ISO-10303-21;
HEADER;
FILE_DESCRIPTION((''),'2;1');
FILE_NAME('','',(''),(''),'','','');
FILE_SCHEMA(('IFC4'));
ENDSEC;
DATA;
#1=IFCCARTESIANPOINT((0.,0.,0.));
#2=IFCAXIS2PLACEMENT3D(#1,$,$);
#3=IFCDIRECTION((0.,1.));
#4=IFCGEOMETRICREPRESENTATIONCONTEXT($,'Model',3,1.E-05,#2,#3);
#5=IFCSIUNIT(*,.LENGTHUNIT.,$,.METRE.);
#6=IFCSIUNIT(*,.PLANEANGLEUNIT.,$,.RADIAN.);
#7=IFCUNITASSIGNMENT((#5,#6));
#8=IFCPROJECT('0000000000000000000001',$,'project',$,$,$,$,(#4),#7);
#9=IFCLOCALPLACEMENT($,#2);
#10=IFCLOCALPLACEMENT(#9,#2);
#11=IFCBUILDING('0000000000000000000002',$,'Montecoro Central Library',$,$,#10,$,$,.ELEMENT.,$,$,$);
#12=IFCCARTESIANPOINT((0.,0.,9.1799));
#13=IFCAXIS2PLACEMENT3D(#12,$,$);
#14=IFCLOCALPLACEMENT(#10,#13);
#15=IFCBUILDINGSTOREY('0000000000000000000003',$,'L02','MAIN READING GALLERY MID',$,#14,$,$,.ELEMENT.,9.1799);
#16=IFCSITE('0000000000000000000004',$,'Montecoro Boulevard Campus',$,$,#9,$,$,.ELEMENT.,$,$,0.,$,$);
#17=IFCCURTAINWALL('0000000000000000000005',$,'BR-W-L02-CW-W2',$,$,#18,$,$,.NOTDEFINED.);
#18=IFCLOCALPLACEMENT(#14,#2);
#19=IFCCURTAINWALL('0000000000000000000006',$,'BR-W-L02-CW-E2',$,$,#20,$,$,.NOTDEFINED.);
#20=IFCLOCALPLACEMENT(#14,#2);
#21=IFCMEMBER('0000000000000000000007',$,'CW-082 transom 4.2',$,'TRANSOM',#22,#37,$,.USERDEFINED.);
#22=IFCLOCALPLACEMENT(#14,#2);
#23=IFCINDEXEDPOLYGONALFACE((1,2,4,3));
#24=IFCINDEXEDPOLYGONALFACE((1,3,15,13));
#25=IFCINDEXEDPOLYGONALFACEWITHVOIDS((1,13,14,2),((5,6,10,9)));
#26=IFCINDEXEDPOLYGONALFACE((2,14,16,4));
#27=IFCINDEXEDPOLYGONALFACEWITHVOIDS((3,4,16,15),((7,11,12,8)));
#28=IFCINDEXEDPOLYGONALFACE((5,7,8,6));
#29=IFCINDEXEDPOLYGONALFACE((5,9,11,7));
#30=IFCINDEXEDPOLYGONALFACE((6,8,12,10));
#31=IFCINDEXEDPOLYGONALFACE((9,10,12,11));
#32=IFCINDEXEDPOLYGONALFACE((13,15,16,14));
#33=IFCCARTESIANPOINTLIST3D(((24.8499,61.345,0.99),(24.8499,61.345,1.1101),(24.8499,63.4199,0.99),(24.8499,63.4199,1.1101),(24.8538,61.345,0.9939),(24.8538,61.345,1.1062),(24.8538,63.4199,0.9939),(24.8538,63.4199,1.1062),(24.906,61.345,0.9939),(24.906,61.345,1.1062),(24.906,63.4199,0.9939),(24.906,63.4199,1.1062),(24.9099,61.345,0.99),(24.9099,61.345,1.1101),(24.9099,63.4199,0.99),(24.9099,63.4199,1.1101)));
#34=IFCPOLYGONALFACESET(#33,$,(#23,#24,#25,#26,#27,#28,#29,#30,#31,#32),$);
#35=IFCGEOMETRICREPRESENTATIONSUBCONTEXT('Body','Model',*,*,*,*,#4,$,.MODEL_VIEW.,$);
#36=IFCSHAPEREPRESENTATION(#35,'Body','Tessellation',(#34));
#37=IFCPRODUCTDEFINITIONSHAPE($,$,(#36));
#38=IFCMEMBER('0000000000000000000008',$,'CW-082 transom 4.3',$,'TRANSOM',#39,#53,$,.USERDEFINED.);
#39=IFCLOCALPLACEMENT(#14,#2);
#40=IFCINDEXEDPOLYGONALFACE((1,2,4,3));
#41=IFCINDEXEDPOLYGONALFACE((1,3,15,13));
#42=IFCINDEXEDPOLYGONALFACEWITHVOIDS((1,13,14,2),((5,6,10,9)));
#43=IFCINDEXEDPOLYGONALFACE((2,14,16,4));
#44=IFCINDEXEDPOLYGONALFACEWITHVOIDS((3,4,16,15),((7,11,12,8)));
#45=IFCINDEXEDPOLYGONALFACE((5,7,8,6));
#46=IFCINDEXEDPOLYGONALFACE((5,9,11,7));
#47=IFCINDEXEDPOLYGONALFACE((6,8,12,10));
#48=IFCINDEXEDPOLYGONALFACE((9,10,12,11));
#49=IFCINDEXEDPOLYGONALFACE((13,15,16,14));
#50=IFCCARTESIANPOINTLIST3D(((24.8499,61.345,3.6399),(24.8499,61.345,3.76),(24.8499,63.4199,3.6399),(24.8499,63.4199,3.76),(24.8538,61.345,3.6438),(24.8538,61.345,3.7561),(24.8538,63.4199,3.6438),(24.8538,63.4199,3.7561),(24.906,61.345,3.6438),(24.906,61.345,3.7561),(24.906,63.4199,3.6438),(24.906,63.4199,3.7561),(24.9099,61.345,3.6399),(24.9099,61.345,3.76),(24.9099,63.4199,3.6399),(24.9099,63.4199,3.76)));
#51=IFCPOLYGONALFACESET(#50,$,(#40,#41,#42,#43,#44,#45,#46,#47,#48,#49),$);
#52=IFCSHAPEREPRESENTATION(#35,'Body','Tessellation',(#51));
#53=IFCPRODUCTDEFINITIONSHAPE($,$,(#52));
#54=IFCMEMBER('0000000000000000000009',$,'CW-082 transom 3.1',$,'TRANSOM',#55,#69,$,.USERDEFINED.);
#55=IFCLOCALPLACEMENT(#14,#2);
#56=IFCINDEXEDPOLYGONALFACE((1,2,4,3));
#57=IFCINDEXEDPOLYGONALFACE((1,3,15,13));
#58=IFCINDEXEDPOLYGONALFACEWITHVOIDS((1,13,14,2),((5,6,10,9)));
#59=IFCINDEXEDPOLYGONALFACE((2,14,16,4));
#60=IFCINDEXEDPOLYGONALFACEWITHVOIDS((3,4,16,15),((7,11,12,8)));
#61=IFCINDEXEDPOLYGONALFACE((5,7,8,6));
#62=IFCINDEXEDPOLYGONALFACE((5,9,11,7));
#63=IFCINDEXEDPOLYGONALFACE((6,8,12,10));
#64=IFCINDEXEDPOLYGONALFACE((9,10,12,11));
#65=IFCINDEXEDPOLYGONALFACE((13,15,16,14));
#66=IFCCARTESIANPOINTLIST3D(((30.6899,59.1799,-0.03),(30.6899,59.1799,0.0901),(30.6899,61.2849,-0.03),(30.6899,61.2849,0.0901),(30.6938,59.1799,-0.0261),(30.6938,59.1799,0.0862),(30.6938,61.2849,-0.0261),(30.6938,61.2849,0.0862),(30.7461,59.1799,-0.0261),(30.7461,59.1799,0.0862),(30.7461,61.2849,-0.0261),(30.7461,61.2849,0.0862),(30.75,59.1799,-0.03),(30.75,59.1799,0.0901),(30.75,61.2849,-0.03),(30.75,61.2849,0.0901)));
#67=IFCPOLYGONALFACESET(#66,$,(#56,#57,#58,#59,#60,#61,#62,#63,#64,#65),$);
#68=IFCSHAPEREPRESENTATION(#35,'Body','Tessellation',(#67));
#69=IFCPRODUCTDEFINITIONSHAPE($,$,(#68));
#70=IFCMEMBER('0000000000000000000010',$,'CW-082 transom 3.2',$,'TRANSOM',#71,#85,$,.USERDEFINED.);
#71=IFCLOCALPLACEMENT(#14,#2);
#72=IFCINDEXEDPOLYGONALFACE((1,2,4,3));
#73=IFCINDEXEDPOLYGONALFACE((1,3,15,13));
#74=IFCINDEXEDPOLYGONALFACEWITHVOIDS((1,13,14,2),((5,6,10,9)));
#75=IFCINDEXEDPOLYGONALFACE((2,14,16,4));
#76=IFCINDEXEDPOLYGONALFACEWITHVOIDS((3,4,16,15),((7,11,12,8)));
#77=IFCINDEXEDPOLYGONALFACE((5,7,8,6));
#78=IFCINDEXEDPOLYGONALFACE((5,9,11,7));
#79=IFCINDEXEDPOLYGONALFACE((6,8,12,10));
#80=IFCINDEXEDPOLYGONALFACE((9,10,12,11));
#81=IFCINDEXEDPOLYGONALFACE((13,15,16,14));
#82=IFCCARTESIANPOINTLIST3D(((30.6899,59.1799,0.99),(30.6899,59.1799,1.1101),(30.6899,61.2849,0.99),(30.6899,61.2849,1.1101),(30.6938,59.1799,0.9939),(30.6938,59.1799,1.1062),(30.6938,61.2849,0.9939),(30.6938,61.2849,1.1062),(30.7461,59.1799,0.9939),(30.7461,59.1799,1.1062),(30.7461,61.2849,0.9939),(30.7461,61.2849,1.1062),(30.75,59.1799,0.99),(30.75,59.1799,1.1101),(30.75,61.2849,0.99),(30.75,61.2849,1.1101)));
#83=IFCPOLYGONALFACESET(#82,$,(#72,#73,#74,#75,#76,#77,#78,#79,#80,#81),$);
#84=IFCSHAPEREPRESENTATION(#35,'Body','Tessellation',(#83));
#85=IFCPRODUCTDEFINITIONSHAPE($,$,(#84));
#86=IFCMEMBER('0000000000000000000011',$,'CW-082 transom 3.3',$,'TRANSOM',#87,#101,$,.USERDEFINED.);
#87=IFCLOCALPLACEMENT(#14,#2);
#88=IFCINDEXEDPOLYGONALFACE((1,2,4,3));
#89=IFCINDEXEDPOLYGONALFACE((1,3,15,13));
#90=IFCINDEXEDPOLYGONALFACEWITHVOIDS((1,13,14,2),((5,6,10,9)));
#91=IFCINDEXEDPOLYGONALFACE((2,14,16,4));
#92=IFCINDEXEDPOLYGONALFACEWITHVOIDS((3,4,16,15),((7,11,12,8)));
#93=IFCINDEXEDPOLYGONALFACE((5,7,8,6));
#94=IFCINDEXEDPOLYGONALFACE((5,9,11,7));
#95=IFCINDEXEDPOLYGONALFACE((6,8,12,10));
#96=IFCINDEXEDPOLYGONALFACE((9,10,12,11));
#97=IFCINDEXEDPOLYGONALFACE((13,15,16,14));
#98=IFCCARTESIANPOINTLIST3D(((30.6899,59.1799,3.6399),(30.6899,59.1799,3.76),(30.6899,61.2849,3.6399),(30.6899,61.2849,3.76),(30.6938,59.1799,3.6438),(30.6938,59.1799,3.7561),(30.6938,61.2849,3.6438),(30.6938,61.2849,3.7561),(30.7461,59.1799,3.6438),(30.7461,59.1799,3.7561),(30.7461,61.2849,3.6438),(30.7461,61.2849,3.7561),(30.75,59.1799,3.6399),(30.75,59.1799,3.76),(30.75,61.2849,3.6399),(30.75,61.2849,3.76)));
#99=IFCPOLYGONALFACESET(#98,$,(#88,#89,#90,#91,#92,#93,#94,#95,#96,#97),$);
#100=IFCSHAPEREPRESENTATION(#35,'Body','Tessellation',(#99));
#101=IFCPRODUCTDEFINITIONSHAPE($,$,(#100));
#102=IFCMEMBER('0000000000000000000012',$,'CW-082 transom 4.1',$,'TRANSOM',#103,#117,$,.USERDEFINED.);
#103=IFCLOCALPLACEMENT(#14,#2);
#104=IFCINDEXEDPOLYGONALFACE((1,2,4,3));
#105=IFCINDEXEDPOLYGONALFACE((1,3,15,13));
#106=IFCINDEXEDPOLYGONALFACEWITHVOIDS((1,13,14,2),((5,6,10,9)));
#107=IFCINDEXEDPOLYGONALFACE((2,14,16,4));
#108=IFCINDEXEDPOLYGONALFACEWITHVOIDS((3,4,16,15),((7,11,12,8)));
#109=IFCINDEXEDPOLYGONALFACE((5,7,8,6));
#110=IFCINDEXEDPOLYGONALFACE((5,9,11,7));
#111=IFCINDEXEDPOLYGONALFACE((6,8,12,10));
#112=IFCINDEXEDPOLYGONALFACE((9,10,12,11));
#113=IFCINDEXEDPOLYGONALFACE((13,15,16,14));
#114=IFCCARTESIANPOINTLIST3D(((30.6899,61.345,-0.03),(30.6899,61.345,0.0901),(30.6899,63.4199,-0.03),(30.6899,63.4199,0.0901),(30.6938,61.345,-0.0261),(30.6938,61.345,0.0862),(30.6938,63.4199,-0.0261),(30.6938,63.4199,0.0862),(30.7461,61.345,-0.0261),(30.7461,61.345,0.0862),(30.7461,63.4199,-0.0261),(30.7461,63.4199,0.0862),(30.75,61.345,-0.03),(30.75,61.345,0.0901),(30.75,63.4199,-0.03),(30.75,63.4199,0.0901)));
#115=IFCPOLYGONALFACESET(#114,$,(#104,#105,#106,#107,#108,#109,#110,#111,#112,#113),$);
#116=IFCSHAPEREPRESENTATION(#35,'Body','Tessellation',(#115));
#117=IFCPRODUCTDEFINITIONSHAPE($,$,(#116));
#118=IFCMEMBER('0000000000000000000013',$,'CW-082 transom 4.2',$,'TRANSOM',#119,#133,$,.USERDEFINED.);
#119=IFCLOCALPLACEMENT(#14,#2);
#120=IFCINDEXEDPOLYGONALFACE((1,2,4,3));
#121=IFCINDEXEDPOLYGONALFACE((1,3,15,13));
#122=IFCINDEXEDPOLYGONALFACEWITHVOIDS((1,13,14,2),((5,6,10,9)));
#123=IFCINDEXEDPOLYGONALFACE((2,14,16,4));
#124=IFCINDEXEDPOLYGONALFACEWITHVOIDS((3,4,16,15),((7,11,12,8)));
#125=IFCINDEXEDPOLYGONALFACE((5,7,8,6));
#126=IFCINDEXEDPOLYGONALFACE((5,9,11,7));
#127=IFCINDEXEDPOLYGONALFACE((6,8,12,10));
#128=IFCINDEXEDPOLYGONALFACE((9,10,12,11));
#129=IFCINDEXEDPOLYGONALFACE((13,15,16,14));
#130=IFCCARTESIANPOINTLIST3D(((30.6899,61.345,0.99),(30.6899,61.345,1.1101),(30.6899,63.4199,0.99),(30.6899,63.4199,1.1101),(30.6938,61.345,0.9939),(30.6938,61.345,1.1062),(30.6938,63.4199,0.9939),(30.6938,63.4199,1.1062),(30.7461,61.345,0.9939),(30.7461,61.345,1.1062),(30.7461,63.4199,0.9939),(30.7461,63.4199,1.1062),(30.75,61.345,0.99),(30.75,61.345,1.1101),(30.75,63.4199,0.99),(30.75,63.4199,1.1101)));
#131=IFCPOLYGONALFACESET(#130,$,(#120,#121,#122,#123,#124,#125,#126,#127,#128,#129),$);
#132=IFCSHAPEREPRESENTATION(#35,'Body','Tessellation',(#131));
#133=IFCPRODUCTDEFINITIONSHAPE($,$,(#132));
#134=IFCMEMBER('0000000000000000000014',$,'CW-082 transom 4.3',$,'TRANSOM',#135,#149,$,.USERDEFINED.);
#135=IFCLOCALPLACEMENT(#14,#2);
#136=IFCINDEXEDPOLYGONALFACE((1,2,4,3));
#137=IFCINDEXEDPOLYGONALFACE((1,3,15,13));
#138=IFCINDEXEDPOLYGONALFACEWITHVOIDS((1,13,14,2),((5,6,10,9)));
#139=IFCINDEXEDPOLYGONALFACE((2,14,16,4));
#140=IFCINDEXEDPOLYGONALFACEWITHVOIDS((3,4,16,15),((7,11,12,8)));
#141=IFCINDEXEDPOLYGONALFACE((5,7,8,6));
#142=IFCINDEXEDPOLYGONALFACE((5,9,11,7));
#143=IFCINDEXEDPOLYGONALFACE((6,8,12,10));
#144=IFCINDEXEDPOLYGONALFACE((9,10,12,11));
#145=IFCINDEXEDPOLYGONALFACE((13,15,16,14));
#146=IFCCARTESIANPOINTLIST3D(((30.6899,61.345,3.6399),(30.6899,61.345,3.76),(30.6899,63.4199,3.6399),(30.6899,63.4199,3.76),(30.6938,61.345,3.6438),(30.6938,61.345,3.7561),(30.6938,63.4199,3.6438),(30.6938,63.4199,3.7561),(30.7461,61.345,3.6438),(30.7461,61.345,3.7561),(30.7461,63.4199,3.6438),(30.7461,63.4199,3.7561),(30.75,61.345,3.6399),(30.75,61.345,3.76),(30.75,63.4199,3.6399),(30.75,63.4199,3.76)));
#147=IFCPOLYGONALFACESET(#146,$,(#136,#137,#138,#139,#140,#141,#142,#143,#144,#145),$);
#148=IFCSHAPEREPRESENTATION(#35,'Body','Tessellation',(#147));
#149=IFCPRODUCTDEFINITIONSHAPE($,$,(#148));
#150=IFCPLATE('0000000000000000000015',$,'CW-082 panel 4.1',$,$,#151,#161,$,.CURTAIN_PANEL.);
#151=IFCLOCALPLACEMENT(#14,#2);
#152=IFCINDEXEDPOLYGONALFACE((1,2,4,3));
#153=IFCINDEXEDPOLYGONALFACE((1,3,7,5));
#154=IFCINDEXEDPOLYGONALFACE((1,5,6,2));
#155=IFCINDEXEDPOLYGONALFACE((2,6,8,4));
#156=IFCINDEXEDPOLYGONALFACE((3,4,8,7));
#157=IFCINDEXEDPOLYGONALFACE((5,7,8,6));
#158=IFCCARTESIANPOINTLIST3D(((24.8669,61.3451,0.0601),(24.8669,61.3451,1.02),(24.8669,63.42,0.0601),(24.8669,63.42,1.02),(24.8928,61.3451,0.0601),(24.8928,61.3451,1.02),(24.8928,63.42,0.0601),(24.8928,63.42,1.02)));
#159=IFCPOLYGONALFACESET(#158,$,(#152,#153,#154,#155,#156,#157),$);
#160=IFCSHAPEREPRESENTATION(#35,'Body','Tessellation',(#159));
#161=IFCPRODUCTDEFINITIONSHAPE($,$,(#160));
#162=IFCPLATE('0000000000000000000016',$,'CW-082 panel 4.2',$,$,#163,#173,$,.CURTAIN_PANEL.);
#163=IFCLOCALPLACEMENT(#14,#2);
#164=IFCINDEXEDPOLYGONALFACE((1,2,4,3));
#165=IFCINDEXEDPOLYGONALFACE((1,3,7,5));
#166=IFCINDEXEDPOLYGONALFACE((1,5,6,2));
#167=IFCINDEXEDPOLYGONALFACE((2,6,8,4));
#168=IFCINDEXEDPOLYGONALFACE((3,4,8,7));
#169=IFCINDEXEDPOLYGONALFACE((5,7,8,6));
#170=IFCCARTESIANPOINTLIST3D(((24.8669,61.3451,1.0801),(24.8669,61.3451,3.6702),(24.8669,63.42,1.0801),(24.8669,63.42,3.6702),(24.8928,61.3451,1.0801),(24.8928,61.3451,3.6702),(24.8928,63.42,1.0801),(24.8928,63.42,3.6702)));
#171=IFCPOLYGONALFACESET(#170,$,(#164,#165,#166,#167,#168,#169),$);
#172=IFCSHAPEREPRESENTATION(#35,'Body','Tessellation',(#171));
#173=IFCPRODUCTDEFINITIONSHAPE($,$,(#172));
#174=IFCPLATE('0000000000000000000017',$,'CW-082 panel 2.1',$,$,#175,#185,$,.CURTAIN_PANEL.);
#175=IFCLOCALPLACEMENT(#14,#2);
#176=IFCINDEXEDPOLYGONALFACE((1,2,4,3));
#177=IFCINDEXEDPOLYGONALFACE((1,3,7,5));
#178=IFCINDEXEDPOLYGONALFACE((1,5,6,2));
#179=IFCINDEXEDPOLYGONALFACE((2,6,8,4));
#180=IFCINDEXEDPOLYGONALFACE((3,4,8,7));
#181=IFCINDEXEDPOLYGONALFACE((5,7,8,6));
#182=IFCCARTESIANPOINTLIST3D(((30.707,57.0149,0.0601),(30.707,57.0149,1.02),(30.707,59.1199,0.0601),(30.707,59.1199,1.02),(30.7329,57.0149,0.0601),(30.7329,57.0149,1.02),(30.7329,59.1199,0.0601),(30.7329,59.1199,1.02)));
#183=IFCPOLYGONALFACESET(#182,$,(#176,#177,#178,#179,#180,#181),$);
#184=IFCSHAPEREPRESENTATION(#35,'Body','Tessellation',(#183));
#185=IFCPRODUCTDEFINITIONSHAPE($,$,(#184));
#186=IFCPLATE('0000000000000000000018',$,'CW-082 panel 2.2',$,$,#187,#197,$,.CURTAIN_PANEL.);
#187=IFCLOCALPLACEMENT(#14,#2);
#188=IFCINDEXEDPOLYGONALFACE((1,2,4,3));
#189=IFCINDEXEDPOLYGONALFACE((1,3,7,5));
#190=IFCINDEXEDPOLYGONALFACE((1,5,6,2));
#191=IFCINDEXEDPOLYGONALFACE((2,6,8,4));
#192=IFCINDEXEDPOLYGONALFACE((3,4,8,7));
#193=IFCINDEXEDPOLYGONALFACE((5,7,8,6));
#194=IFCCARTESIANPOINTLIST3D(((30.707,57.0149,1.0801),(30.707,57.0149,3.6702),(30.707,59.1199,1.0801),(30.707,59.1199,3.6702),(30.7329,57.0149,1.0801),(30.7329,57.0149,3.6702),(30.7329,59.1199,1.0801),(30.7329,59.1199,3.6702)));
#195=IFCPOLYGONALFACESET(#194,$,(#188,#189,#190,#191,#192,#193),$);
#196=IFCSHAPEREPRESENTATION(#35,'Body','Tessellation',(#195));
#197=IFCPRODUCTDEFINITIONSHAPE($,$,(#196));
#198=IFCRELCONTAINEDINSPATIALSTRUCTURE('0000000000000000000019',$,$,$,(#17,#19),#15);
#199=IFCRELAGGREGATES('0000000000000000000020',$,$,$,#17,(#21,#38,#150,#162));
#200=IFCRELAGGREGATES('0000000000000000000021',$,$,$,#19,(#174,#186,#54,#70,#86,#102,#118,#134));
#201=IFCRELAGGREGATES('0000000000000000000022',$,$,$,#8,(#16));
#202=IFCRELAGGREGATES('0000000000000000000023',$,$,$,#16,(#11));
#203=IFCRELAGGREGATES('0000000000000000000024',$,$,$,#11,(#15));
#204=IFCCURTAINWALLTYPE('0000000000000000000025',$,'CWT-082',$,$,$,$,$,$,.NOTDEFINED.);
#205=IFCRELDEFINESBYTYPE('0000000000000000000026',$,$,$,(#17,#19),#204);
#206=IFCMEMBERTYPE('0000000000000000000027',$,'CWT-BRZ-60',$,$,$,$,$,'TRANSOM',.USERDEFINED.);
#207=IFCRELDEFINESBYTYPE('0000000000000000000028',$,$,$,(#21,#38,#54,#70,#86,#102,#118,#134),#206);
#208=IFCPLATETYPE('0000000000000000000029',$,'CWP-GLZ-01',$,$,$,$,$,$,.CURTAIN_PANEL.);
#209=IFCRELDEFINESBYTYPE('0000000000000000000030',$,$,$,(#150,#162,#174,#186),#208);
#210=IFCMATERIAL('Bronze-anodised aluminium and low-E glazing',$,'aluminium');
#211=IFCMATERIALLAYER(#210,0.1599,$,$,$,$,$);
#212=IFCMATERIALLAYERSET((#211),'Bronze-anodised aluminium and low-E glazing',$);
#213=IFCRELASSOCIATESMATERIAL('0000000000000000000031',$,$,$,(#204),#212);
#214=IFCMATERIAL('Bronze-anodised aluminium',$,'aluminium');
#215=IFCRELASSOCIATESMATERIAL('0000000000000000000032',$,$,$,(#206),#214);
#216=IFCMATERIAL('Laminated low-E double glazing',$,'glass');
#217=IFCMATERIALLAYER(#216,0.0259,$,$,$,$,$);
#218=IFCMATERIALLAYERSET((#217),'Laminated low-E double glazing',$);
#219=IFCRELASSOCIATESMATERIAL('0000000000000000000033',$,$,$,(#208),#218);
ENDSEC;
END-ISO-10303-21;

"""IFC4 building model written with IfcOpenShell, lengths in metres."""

from ifc_helpers import new_model, si_unit, direction, frame, origin, origin_2d, place, context, subcontext, project, spatial, rectangle, hollow_rectangle, extrude, material, layer, layer_set, material_profile, profile_set, type_object, element, aggregate, save


model = new_model("IFC4")

# Units and contexts
model_context = context("Model", 3, precision=1e-05, world=origin(), true_north=direction((0.0, 1.0)))
body_context = subcontext(model_context, "Body", "Model", "MODEL_VIEW")
ifc_project = project(units=[si_unit("LENGTHUNIT", "METRE"), si_unit("PLANEANGLEUNIT", "RADIAN")], contexts=[model_context])

# Site, building, storey
site_placement = place(None, origin())
site = spatial("IfcSite", under=ifc_project, at=site_placement, Name="Montecoro Boulevard Campus", CompositionType="ELEMENT", RefElevation=0.0)
building_placement = place(site_placement, origin())
building = spatial("IfcBuilding", under=site, at=building_placement, Name="Montecoro Central Library", CompositionType="ELEMENT")
storey_placement = place(building_placement, frame((0.0, 0.0, 9.1799)))
storey = spatial("IfcBuildingStorey", under=building, at=storey_placement, Name="L02", Description="MAIN READING GALLERY MID", CompositionType="ELEMENT", Elevation=9.1799)

# Curtain walls
ifc_material_1 = material(Name="Bronze-anodised aluminium and low-E glazing", Category="aluminium")
ifc_layer_1 = layer(ifc_material_1, 0.1599)
ifc_layer_set_1 = layer_set([ifc_layer_1], Name="Bronze-anodised aluminium and low-E glazing")
curtain_wall_type = type_object("IfcCurtainWallType", Name="CWT-082", PredefinedType="NOTDEFINED", material=ifc_layer_set_1)
curtain_wall_1_placement = place(storey_placement, origin())
curtain_wall_1 = element("IfcCurtainWall", 1, at=curtain_wall_1_placement, inside=storey, type_object=curtain_wall_type, Name="BR-W-L02-CW-W2", PredefinedType="NOTDEFINED")
ifc_material_2 = material(Name="Bronze-anodised aluminium", Category="aluminium")
curtain_wall_2_placement = place(storey_placement, origin())
curtain_wall_2 = element("IfcCurtainWall", 2, at=curtain_wall_2_placement, inside=storey, type_object=curtain_wall_type, Name="BR-W-L02-CW-E2", PredefinedType="NOTDEFINED")

# Members
ifc_material_profile_1 = material_profile(ifc_material_2, hollow_rectangle(XDim=0.0601, YDim=0.1201, WallThickness=0.0039, at=origin_2d()), Name="CWT 120x60x4.0")
ifc_profile_set_1 = profile_set([ifc_material_profile_1], Name="Bronze-anodised aluminium")
member_type_1 = type_object("IfcMemberType", Name="CWT-BRZ-60", ElementType="TRANSOM", PredefinedType="USERDEFINED", material=ifc_profile_set_1)
member_1_placement = place(storey_placement, frame((24.8799, 61.345, 1.05), z_axis=(0.0, 1.0, 0.0), x_axis=(-1.0, 0.0, 0.0)))
member_1 = element("IfcMember", 3, at=member_1_placement, type_object=member_type_1, Name="CW-082 transom 4.2", ObjectType="TRANSOM", PredefinedType="USERDEFINED", context=body_context, shape_type="SweptSolid", body=[
    extrude(hollow_rectangle(XDim=0.0601, YDim=0.1201, WallThickness=0.0039, at=origin_2d()), origin(), (0.0, 0.0, 1.0), 2.075),
])
member_2_placement = place(storey_placement, frame((24.8799, 61.345, 3.7), z_axis=(0.0, 1.0, 0.0), x_axis=(-1.0, 0.0, 0.0)))
member_2 = element("IfcMember", 4, at=member_2_placement, type_object=member_type_1, Name="CW-082 transom 4.3", ObjectType="TRANSOM", PredefinedType="USERDEFINED", context=body_context, shape_type="SweptSolid", body=[
    extrude(hollow_rectangle(XDim=0.0601, YDim=0.1201, WallThickness=0.0039, at=origin_2d()), origin(), (0.0, 0.0, 1.0), 2.075),
])
member_3_placement = place(storey_placement, frame((30.72, 59.1799, 0.03), z_axis=(0.0, 1.0, 0.0), x_axis=(-1.0, 0.0, 0.0)))
member_3 = element("IfcMember", 5, at=member_3_placement, type_object=member_type_1, Name="CW-082 transom 3.1", ObjectType="TRANSOM", PredefinedType="USERDEFINED", context=body_context, shape_type="SweptSolid", body=[
    extrude(hollow_rectangle(XDim=0.0601, YDim=0.1201, WallThickness=0.0039, at=origin_2d()), origin(), (0.0, 0.0, 1.0), 2.105),
])
member_4_placement = place(storey_placement, frame((30.72, 59.1799, 1.05), z_axis=(0.0, 1.0, 0.0), x_axis=(-1.0, 0.0, 0.0)))
member_4 = element("IfcMember", 6, at=member_4_placement, type_object=member_type_1, Name="CW-082 transom 3.2", ObjectType="TRANSOM", PredefinedType="USERDEFINED", context=body_context, shape_type="SweptSolid", body=[
    extrude(hollow_rectangle(XDim=0.0601, YDim=0.1201, WallThickness=0.0039, at=origin_2d()), origin(), (0.0, 0.0, 1.0), 2.105),
])
member_5_placement = place(storey_placement, frame((30.72, 59.1799, 3.7), z_axis=(0.0, 1.0, 0.0), x_axis=(-1.0, 0.0, 0.0)))
member_5 = element("IfcMember", 7, at=member_5_placement, type_object=member_type_1, Name="CW-082 transom 3.3", ObjectType="TRANSOM", PredefinedType="USERDEFINED", context=body_context, shape_type="SweptSolid", body=[
    extrude(hollow_rectangle(XDim=0.0601, YDim=0.1201, WallThickness=0.0039, at=origin_2d()), origin(), (0.0, 0.0, 1.0), 2.105),
])
member_6_placement = place(storey_placement, frame((30.72, 61.345, 0.03), z_axis=(0.0, 1.0, 0.0), x_axis=(-1.0, 0.0, 0.0)))
member_6 = element("IfcMember", 8, at=member_6_placement, type_object=member_type_1, Name="CW-082 transom 4.1", ObjectType="TRANSOM", PredefinedType="USERDEFINED", context=body_context, shape_type="SweptSolid", body=[
    extrude(hollow_rectangle(XDim=0.0601, YDim=0.1201, WallThickness=0.0039, at=origin_2d()), origin(), (0.0, 0.0, 1.0), 2.075),
])
member_7_placement = place(storey_placement, frame((30.72, 61.345, 1.05), z_axis=(0.0, 1.0, 0.0), x_axis=(-1.0, 0.0, 0.0)))
member_7 = element("IfcMember", 9, at=member_7_placement, type_object=member_type_1, Name="CW-082 transom 4.2", ObjectType="TRANSOM", PredefinedType="USERDEFINED", context=body_context, shape_type="SweptSolid", body=[
    extrude(hollow_rectangle(XDim=0.0601, YDim=0.1201, WallThickness=0.0039, at=origin_2d()), origin(), (0.0, 0.0, 1.0), 2.075),
])
member_8_placement = place(storey_placement, frame((30.72, 61.345, 3.7), z_axis=(0.0, 1.0, 0.0), x_axis=(-1.0, 0.0, 0.0)))
member_8 = element("IfcMember", 10, at=member_8_placement, type_object=member_type_1, Name="CW-082 transom 4.3", ObjectType="TRANSOM", PredefinedType="USERDEFINED", context=body_context, shape_type="SweptSolid", body=[
    extrude(hollow_rectangle(XDim=0.0601, YDim=0.1201, WallThickness=0.0039, at=origin_2d()), origin(), (0.0, 0.0, 1.0), 2.075),
])

# Plates
ifc_material_3 = material(Name="Laminated low-E double glazing", Category="glass")
ifc_layer_2 = layer(ifc_material_3, 0.0259)
ifc_layer_set_2 = layer_set([ifc_layer_2], Name="Laminated low-E double glazing")
plate_type = type_object("IfcPlateType", Name="CWP-GLZ-01", PredefinedType="CURTAIN_PANEL", material=ifc_layer_set_2)
plate_1_placement = place(storey_placement, frame((24.8799, 62.3826, 0.0601), z_axis=(0.0, 0.0, 1.0), x_axis=(0.0, 1.0, 0.0)))
plate_1 = element("IfcPlate", 11, at=plate_1_placement, type_object=plate_type, Name="CW-082 panel 4.1", PredefinedType="CURTAIN_PANEL", context=body_context, shape_type="SweptSolid", body=[
    extrude(rectangle(XDim=2.075, YDim=0.0259, at=origin_2d()), origin(), (0.0, 0.0, 1.0), 0.96),
])
plate_2_placement = place(storey_placement, frame((24.8799, 62.3826, 1.0801), z_axis=(0.0, 0.0, 1.0), x_axis=(0.0, 1.0, 0.0)))
plate_2 = element("IfcPlate", 12, at=plate_2_placement, type_object=plate_type, Name="CW-082 panel 4.2", PredefinedType="CURTAIN_PANEL", context=body_context, shape_type="SweptSolid", body=[
    extrude(rectangle(XDim=2.075, YDim=0.0259, at=origin_2d()), origin(), (0.0, 0.0, 1.0), 2.5901),
])
aggregate(curtain_wall_1, [member_1, member_2, plate_1, plate_2])
plate_3_placement = place(storey_placement, frame((30.72, 58.0674, 0.0601), z_axis=(0.0, 0.0, 1.0), x_axis=(0.0, 1.0, 0.0)))
plate_3 = element("IfcPlate", 13, at=plate_3_placement, type_object=plate_type, Name="CW-082 panel 2.1", PredefinedType="CURTAIN_PANEL", context=body_context, shape_type="SweptSolid", body=[
    extrude(rectangle(XDim=2.105, YDim=0.0259, at=origin_2d()), origin(), (0.0, 0.0, 1.0), 0.96),
])
plate_4_placement = place(storey_placement, frame((30.72, 58.0674, 1.0801), z_axis=(0.0, 0.0, 1.0), x_axis=(0.0, 1.0, 0.0)))
plate_4 = element("IfcPlate", 14, at=plate_4_placement, type_object=plate_type, Name="CW-082 panel 2.2", PredefinedType="CURTAIN_PANEL", context=body_context, shape_type="SweptSolid", body=[
    extrude(rectangle(XDim=2.105, YDim=0.0259, at=origin_2d()), origin(), (0.0, 0.0, 1.0), 2.5901),
])
aggregate(curtain_wall_2, [plate_3, plate_4, member_3, member_4, member_5, member_6, member_7, member_8])

save(model, "model.ifc")
